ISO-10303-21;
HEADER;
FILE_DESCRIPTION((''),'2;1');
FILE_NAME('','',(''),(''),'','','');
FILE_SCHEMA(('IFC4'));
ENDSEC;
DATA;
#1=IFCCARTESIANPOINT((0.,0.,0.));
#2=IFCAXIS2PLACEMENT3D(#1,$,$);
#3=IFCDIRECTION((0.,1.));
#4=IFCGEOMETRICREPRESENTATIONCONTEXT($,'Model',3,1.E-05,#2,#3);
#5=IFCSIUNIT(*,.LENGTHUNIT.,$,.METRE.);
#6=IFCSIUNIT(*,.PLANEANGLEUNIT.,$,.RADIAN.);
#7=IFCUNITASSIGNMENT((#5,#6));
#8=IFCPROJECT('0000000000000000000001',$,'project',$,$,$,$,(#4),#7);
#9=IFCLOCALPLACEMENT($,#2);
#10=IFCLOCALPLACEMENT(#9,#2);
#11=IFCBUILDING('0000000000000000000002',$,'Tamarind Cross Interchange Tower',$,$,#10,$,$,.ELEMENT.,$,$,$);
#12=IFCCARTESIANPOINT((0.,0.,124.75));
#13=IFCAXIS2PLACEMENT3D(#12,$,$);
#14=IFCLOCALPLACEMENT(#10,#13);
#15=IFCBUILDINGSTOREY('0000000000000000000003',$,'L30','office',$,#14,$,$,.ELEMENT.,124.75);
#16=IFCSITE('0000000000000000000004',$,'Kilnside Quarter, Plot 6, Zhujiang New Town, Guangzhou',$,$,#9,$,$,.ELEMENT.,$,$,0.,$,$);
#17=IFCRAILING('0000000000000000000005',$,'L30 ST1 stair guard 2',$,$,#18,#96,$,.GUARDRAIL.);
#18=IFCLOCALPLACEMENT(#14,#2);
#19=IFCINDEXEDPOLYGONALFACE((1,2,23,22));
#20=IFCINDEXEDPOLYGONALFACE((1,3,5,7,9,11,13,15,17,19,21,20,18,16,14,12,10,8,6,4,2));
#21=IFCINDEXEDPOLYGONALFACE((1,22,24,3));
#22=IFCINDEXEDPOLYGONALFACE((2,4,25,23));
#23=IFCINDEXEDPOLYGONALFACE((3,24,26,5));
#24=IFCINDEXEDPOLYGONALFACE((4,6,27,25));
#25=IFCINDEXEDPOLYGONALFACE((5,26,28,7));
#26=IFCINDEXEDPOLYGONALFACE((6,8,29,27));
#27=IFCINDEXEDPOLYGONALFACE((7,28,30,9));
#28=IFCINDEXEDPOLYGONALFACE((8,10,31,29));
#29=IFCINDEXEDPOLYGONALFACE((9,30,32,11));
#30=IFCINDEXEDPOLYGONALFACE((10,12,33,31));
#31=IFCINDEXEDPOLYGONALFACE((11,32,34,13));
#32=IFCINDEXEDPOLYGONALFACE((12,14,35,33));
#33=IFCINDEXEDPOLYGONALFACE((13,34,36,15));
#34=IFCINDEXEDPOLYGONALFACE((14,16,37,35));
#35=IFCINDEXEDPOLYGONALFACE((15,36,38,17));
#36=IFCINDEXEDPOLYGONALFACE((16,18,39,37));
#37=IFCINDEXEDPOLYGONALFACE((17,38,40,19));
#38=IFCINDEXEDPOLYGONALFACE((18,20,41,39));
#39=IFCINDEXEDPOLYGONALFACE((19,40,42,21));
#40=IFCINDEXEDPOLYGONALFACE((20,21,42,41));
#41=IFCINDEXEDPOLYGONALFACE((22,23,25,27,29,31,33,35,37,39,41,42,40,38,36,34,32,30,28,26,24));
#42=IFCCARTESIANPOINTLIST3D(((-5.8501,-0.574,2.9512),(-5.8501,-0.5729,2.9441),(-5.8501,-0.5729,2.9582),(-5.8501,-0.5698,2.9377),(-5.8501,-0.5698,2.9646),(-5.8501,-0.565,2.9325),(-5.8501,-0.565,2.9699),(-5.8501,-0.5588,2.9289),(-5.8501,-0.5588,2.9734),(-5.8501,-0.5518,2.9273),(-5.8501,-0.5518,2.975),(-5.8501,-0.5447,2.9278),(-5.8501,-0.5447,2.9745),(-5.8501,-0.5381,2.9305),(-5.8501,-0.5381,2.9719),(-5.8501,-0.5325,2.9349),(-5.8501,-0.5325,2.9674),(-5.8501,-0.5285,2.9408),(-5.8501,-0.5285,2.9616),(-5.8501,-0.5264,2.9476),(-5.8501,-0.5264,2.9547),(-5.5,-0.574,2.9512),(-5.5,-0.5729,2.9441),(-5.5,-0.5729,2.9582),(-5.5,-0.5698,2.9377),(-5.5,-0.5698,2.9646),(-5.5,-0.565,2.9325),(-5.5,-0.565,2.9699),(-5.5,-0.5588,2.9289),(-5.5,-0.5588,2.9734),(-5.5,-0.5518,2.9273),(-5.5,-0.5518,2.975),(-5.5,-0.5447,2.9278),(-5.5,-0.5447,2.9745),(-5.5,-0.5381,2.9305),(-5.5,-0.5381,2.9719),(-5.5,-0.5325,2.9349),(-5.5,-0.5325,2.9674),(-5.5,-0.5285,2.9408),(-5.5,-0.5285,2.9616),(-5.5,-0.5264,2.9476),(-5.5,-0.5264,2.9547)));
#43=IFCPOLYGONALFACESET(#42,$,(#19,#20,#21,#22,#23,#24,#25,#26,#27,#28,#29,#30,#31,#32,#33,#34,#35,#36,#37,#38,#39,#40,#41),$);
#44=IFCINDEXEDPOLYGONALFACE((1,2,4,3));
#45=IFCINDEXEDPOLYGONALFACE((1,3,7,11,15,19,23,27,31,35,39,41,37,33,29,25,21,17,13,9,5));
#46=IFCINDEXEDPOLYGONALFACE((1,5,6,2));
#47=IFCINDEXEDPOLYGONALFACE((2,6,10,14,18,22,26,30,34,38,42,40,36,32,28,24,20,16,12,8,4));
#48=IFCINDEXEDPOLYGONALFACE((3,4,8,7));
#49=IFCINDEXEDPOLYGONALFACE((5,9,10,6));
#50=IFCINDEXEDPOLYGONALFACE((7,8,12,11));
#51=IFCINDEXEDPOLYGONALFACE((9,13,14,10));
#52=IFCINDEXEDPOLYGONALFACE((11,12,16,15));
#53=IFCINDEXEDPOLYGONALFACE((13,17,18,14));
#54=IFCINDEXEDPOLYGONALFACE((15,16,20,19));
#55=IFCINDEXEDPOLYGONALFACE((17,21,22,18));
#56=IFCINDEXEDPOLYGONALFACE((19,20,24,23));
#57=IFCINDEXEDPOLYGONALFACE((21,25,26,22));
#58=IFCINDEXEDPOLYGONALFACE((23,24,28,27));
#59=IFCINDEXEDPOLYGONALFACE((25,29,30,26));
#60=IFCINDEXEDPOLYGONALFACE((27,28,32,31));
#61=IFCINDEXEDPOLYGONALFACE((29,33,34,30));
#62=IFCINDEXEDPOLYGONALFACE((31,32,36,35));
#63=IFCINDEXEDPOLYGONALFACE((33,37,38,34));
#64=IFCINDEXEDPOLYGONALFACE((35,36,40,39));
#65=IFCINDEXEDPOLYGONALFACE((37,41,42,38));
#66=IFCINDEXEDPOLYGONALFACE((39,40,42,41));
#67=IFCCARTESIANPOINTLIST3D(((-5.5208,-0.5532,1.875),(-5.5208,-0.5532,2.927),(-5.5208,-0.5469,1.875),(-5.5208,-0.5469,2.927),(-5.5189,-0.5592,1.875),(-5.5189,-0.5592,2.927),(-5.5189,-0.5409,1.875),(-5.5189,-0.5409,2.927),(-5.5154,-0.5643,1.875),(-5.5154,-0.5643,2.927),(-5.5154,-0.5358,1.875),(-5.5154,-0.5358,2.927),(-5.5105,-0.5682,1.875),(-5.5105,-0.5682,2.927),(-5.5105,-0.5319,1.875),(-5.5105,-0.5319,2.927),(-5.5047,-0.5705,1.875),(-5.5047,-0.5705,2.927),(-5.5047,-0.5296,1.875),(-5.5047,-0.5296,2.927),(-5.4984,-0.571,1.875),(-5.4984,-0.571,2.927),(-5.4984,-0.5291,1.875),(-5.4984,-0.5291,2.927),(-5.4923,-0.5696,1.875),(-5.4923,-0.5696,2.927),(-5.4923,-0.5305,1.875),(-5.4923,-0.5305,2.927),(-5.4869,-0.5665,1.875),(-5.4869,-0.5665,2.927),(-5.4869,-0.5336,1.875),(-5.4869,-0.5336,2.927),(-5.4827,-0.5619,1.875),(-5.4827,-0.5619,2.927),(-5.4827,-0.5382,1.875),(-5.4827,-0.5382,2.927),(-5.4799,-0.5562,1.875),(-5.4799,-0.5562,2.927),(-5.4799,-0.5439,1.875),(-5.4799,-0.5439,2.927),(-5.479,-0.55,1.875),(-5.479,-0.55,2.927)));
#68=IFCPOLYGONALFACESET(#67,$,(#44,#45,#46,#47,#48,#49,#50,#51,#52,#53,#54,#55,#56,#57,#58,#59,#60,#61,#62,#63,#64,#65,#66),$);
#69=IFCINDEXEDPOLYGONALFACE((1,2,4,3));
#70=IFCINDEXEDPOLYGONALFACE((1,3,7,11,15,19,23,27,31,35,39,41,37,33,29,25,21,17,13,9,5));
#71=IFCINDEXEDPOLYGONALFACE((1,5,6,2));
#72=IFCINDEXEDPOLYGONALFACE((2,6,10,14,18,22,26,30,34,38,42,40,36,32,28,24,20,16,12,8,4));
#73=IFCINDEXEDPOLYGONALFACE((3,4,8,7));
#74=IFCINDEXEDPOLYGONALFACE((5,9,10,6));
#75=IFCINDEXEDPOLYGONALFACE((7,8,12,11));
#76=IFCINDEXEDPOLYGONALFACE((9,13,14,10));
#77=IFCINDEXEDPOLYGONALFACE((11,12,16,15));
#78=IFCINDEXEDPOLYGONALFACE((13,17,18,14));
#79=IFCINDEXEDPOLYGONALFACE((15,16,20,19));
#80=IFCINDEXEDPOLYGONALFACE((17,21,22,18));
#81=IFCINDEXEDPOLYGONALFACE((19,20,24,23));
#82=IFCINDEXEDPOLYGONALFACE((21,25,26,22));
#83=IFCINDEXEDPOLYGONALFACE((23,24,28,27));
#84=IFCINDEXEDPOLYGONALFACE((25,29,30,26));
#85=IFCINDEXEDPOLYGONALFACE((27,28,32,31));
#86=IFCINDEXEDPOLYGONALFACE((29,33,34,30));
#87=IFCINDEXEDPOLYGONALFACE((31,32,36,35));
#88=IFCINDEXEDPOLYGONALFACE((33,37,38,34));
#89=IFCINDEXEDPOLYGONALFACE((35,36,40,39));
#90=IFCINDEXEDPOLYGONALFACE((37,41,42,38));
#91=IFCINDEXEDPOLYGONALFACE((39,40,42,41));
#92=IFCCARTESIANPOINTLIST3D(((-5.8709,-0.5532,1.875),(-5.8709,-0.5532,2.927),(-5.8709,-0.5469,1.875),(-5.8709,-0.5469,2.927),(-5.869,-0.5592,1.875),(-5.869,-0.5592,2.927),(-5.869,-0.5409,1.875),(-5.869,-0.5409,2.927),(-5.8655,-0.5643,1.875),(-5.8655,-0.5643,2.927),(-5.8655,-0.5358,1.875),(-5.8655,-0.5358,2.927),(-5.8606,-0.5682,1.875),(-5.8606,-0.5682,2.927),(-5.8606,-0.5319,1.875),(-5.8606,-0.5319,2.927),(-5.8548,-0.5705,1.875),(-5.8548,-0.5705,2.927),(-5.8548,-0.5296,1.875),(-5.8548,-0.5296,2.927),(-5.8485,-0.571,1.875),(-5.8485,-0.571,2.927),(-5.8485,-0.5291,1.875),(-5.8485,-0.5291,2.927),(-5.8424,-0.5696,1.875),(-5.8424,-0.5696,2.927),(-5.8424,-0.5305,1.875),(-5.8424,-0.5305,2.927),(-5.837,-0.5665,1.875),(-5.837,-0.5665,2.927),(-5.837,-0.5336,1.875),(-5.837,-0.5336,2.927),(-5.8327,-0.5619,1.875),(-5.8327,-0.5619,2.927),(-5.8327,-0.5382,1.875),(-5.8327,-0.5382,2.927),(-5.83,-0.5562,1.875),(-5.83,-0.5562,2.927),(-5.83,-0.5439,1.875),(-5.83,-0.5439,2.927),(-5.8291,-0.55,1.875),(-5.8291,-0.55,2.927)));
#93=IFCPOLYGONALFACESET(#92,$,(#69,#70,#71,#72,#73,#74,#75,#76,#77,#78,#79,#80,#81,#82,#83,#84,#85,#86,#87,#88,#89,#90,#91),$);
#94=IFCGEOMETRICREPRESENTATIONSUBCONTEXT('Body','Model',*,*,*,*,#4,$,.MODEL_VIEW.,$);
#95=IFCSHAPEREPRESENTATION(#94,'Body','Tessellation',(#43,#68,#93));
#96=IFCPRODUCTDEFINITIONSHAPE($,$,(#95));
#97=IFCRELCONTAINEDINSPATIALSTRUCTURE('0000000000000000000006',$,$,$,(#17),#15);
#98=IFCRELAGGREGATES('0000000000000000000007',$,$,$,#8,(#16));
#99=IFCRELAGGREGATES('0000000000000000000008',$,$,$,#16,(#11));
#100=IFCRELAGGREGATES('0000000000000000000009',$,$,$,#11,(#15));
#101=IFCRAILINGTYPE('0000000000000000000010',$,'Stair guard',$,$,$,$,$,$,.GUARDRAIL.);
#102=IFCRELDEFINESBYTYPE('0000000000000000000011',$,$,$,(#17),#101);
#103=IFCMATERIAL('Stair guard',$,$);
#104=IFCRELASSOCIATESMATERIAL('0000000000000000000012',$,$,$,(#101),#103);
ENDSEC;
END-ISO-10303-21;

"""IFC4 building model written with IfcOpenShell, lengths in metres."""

from ifc_helpers import new_model, si_unit, direction, frame, origin, origin_2d, place, context, subcontext, project, spatial, circle, extrude, material, type_object, element, save


model = new_model("IFC4")

# Units and contexts
model_context = context("Model", 3, precision=1e-05, world=origin(), true_north=direction((0.0, 1.0)))
body_context = subcontext(model_context, "Body", "Model", "MODEL_VIEW")
ifc_project = project(units=[si_unit("LENGTHUNIT", "METRE"), si_unit("PLANEANGLEUNIT", "RADIAN")], contexts=[model_context])

# Site, building, storey
site_placement = place(None, origin())
site = spatial("IfcSite", under=ifc_project, at=site_placement, Name="Kilnside Quarter, Plot 6, Zhujiang New Town, Guangzhou", CompositionType="ELEMENT", RefElevation=0.0)
building_placement = place(site_placement, origin())
building = spatial("IfcBuilding", under=site, at=building_placement, Name="Tamarind Cross Interchange Tower", CompositionType="ELEMENT")
storey_placement = place(building_placement, frame((0.0, 0.0, 124.75)))
storey = spatial("IfcBuildingStorey", under=building, at=storey_placement, Name="L30", Description="office", CompositionType="ELEMENT", Elevation=124.75)

# Railing
ifc_material_1 = material(Name="Stair guard")
railing_type_1 = type_object("IfcRailingType", Name="Stair guard", PredefinedType="GUARDRAIL", material=ifc_material_1)
railing_1_placement = place(storey_placement, frame((-5.5, -0.55, 1.875)))
element("IfcRailing", 1, at=railing_1_placement, inside=storey, type_object=railing_type_1, Name="L30 ST1 stair guard 2", PredefinedType="GUARDRAIL", context=body_context, shape_type="SweptSolid", body=[
    extrude(circle(Radius=0.0239, at=origin_2d()), frame((0.0, 0.0, 1.0762), z_axis=(-1.0, 0.0, 0.0), x_axis=(0.0, -1.0, 0.0)), (0.0, 0.0, 1.0), 0.3501),
    extrude(circle(Radius=0.021, at=origin_2d()), origin(), (0.0, 0.0, 1.0), 1.052),
    extrude(circle(Radius=0.021, at=origin_2d()), frame((-0.3501, 0.0, 0.0)), (0.0, 0.0, 1.0), 1.052),
])

save(model, "model.ifc")
